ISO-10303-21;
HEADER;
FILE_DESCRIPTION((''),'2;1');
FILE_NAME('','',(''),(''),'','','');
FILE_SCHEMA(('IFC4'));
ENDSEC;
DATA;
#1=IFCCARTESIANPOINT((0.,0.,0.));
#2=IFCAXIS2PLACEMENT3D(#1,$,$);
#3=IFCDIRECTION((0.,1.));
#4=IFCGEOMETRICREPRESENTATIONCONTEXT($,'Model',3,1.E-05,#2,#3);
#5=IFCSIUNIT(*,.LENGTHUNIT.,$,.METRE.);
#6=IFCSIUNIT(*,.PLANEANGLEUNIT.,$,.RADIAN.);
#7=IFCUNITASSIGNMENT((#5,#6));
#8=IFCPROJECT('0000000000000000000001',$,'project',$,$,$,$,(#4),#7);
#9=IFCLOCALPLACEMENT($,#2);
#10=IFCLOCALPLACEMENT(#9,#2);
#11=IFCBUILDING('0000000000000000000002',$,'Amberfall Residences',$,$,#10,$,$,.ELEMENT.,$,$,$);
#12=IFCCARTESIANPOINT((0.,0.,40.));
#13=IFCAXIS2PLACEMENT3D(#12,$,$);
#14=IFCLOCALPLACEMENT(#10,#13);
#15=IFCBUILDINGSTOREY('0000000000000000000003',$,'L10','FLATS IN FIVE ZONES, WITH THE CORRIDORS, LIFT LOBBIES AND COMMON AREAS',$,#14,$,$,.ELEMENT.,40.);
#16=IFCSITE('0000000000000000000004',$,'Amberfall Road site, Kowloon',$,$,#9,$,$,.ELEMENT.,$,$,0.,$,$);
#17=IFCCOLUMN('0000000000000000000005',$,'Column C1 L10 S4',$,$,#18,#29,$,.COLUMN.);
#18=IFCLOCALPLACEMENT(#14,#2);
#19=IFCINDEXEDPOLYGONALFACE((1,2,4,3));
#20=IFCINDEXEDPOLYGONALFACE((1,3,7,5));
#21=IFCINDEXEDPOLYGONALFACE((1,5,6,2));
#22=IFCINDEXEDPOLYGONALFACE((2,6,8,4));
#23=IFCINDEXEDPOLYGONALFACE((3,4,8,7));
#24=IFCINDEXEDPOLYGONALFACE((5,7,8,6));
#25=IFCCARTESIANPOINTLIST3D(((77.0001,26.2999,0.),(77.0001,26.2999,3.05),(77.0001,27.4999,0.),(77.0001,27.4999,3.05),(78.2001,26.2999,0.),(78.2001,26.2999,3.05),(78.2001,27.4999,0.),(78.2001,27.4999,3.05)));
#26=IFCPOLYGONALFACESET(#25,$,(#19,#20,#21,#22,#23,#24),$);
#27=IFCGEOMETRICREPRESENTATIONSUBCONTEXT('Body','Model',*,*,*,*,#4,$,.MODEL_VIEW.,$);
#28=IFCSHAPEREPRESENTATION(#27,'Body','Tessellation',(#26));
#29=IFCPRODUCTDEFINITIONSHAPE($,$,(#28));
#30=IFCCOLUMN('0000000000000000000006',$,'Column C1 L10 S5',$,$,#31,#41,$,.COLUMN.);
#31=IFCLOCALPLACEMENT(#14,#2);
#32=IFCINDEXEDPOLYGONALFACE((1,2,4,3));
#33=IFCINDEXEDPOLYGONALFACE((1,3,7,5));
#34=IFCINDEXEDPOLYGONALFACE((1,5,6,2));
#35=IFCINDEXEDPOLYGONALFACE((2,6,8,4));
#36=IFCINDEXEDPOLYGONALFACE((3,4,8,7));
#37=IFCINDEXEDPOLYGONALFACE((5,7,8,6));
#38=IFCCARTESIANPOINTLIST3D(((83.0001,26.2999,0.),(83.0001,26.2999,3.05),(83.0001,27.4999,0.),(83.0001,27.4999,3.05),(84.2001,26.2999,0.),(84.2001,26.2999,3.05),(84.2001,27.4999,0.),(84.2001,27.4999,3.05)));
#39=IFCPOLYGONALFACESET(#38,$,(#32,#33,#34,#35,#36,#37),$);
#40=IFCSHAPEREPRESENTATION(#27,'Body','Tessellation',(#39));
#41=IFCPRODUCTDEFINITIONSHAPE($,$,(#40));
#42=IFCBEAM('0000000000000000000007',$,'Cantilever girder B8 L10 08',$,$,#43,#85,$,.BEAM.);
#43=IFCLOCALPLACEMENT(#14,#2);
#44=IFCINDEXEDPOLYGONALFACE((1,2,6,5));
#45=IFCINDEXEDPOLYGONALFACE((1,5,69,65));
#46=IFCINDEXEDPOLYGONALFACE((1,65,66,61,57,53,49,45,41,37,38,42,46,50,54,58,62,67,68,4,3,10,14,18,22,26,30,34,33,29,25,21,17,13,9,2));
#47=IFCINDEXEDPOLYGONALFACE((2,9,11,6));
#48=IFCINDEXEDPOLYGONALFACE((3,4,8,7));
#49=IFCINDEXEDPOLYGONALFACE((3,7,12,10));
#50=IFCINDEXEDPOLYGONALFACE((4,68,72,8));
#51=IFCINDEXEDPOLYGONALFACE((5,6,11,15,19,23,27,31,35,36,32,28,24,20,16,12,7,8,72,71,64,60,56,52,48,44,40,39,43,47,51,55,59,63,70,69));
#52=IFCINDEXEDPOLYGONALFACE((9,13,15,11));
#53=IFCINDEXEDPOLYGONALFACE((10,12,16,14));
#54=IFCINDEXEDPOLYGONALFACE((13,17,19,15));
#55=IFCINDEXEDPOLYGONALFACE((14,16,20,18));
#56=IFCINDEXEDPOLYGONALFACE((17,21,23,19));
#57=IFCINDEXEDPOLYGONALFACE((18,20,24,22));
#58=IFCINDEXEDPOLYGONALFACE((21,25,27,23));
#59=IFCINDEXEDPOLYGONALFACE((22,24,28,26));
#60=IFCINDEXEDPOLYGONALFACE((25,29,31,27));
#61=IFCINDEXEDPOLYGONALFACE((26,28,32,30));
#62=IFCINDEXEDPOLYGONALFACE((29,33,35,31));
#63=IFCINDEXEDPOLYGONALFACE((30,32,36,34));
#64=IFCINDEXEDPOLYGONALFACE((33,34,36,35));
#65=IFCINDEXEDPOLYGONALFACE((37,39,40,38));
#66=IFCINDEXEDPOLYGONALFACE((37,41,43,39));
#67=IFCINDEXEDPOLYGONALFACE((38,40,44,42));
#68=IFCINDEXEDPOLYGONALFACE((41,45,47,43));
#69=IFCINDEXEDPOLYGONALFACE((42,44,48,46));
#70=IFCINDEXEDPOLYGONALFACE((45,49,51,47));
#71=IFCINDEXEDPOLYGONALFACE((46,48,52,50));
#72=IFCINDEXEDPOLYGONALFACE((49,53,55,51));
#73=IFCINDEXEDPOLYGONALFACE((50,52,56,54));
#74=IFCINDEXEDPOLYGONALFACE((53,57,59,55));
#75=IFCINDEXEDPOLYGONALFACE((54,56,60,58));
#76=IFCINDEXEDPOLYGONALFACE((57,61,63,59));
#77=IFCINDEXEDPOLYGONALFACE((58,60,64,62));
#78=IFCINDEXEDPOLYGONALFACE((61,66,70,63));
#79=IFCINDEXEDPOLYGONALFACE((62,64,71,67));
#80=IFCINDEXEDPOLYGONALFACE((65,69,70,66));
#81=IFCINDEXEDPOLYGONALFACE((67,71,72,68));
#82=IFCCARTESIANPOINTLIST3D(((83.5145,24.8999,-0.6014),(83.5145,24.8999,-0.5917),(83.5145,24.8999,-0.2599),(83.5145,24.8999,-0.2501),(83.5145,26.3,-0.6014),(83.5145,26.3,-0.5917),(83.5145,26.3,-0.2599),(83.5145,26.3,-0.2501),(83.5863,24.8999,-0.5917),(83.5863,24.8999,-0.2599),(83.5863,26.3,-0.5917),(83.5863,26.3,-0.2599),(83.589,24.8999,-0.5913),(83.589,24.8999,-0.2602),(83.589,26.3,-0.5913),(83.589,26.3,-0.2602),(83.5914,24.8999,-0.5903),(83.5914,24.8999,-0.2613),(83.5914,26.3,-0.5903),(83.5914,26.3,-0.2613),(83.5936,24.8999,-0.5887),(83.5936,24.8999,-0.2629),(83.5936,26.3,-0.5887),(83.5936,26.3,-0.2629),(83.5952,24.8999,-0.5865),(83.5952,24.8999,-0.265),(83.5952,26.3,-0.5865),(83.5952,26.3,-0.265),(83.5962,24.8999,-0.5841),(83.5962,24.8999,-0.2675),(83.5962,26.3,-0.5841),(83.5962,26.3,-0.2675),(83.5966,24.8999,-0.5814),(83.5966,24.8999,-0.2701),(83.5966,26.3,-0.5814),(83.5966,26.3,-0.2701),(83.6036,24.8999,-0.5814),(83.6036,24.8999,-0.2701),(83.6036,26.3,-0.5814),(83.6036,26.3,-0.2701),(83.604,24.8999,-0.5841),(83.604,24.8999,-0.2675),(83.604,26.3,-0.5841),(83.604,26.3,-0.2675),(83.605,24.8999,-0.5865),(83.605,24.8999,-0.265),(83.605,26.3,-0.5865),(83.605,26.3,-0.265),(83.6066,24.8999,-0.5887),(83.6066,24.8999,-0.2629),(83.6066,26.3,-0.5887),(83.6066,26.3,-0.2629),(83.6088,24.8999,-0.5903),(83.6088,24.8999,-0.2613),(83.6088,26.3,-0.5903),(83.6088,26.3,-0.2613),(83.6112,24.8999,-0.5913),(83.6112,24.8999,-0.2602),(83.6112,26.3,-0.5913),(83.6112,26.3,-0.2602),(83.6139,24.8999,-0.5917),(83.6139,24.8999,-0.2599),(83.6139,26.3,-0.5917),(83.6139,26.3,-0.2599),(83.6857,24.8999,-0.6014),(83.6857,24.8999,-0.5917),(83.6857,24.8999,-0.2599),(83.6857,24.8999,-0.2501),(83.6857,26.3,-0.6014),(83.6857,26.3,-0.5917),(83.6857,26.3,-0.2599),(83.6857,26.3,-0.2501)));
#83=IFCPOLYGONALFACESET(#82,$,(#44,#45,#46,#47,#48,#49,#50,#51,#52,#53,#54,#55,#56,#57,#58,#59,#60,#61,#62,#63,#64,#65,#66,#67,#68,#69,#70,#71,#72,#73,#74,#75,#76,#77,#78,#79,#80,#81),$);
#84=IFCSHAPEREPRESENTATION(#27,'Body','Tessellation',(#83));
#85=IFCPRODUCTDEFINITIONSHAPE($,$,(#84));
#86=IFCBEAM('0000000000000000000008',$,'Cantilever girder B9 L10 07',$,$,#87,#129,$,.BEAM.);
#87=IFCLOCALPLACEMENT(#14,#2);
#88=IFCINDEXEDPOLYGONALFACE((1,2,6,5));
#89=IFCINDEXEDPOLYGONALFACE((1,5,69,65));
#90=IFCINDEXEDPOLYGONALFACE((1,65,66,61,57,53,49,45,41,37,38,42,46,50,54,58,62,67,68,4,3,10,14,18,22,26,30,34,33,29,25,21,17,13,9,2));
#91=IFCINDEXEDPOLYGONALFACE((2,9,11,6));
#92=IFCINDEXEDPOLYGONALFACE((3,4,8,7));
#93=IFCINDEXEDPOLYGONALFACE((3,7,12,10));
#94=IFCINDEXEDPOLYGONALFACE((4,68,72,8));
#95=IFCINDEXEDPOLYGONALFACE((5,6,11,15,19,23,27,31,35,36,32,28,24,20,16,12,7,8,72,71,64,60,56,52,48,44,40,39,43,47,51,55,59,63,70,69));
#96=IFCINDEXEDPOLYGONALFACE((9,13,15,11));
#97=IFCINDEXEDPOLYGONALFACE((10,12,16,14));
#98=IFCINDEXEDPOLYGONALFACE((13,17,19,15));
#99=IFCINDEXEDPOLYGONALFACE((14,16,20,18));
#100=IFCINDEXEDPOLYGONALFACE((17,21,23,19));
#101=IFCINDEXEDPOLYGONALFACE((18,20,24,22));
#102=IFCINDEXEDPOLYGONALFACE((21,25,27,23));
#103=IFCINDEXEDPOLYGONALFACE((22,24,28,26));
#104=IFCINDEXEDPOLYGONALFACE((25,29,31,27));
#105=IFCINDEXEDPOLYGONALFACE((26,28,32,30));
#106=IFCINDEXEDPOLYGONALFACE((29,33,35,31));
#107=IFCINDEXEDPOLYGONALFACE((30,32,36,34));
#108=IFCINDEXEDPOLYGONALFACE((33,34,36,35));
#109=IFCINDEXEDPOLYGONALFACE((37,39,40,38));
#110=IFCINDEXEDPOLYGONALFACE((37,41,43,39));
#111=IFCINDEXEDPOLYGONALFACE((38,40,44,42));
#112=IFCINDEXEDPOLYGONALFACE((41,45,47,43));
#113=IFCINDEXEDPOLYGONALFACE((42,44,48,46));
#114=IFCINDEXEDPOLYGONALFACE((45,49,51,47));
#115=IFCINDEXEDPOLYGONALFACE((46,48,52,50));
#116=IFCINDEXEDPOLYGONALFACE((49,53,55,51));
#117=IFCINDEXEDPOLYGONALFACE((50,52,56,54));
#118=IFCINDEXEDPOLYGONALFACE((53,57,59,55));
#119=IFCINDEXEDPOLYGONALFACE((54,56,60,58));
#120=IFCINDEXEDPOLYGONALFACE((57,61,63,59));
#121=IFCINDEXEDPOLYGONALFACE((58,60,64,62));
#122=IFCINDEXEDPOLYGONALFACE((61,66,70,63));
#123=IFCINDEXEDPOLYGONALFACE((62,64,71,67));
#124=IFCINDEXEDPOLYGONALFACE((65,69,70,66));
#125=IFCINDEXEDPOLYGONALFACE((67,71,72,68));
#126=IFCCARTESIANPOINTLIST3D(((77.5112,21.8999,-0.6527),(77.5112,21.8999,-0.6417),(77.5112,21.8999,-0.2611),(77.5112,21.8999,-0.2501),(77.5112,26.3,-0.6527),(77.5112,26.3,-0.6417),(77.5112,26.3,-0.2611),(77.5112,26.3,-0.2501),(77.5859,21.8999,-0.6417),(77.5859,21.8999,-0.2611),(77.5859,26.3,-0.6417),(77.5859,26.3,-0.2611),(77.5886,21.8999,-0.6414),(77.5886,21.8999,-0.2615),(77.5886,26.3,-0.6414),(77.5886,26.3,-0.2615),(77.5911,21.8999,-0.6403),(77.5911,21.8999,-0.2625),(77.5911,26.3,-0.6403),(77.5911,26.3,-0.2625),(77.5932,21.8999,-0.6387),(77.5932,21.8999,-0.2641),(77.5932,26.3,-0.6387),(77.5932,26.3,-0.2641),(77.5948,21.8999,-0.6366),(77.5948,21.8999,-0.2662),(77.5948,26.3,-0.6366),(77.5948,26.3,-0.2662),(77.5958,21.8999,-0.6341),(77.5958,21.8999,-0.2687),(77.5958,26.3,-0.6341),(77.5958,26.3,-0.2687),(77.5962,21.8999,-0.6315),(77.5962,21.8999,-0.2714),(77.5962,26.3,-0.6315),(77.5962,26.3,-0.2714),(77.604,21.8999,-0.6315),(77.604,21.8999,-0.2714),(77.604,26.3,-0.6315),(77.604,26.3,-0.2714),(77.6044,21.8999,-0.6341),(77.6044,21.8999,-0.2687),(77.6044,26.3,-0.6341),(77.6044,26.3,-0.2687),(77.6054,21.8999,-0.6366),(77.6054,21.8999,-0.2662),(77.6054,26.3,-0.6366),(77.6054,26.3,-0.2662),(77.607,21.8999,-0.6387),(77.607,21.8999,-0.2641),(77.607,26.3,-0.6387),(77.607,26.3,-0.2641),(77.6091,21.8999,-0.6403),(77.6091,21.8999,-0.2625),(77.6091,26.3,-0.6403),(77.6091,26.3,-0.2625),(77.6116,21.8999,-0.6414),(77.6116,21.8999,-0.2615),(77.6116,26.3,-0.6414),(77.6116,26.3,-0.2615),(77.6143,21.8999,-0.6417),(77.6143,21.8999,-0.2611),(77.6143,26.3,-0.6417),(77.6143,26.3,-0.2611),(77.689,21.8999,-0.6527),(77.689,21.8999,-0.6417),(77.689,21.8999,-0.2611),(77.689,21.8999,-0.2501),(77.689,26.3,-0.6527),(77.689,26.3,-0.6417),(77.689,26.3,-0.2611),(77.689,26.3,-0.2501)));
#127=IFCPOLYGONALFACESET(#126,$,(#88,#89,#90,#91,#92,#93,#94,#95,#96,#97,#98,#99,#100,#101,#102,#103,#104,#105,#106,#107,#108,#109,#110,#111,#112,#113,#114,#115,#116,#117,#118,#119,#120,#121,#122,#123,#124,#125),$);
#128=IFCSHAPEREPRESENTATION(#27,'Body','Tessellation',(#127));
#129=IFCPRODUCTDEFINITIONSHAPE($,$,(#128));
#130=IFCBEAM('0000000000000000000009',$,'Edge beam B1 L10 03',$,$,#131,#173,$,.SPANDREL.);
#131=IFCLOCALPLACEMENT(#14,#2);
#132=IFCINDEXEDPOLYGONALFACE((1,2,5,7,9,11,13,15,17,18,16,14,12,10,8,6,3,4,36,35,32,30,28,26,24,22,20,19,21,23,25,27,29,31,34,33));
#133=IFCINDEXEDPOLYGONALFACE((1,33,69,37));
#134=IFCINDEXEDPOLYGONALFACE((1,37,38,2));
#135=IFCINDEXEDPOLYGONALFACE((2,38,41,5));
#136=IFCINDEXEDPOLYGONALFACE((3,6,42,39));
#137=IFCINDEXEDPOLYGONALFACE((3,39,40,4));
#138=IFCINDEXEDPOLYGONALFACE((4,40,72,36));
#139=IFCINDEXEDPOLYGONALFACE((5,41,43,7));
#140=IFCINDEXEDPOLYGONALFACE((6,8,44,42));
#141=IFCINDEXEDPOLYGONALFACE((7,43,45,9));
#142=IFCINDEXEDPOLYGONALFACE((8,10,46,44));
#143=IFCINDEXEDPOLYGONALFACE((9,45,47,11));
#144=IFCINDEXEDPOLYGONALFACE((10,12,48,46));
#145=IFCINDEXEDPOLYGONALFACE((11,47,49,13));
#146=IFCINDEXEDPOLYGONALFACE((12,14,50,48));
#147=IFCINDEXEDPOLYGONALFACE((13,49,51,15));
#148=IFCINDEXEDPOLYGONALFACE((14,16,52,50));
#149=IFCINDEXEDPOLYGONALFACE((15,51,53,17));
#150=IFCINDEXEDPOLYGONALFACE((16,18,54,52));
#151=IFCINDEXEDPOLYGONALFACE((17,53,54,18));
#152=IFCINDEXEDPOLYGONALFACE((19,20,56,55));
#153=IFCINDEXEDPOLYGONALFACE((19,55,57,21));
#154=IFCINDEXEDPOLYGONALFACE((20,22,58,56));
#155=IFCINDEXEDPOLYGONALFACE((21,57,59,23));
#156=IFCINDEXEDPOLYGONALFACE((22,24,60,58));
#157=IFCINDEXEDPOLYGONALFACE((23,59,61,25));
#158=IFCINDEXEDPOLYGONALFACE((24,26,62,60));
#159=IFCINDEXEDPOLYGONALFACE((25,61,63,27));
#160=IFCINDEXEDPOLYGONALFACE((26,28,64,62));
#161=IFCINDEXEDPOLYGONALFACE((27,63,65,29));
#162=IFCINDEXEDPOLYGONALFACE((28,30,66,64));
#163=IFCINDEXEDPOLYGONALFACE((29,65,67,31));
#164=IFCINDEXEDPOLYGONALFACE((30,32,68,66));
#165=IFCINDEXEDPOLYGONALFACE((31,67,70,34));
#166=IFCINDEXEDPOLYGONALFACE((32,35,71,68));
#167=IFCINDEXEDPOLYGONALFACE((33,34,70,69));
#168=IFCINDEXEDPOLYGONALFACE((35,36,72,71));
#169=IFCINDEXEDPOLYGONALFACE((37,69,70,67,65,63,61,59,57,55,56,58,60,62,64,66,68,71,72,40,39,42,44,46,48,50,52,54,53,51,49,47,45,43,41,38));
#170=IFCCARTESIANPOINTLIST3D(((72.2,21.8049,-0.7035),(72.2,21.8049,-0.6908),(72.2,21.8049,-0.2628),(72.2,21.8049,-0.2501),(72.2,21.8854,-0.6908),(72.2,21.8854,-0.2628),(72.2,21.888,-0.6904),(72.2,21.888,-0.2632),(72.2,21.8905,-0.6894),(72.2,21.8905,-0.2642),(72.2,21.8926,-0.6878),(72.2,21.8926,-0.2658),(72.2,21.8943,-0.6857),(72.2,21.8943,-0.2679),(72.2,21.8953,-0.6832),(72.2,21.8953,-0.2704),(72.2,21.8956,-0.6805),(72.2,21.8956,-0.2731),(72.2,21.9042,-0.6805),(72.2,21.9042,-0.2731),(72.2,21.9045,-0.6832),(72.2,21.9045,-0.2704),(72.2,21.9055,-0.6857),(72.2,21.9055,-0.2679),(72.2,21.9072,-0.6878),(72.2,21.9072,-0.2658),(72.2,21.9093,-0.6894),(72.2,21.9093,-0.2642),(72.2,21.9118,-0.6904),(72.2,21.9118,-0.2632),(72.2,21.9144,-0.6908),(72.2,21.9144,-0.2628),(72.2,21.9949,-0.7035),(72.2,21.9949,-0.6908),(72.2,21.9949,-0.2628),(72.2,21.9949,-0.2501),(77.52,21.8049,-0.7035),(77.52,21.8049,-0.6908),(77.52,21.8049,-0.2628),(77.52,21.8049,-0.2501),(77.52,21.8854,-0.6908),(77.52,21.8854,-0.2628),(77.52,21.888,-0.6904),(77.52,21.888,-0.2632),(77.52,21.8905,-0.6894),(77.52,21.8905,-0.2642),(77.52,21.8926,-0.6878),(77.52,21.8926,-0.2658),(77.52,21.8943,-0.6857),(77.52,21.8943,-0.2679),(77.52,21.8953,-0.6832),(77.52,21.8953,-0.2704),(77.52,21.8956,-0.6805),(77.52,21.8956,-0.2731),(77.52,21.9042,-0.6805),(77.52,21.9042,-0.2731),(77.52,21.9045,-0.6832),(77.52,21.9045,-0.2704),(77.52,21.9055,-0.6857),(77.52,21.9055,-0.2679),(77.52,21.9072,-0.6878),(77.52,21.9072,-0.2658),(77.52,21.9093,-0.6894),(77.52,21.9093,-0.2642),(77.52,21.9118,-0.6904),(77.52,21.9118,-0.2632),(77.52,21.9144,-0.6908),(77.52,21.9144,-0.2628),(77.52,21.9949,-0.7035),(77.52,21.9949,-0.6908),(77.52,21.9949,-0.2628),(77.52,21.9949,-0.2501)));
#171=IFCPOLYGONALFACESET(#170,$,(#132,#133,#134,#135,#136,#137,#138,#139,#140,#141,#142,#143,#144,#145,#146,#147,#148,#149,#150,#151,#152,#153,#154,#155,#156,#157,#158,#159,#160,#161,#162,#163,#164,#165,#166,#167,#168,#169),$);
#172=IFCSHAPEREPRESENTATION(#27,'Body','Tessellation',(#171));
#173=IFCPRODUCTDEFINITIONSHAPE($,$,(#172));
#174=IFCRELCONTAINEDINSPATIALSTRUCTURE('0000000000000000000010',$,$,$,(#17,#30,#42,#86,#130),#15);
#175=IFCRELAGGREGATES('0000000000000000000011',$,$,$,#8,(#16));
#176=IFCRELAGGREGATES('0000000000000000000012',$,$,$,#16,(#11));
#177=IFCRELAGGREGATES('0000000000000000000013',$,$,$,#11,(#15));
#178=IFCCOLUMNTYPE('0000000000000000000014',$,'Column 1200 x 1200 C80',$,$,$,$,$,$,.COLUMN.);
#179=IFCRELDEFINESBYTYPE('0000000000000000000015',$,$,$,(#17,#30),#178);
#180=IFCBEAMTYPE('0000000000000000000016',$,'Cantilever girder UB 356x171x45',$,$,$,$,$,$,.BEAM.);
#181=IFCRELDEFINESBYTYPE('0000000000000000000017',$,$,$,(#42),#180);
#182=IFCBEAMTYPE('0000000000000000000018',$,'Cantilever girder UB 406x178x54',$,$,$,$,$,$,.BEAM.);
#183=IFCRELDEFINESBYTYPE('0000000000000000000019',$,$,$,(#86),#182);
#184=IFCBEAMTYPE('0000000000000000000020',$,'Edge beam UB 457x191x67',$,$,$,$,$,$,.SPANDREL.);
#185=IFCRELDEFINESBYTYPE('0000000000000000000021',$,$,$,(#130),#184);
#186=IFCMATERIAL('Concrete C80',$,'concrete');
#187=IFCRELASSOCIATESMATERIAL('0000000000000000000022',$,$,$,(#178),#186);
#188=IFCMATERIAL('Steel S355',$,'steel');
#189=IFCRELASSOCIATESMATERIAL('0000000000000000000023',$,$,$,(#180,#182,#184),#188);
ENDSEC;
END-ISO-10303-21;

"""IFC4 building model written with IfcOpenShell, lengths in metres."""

from ifc_helpers import new_model, si_unit, direction, frame, origin, origin_2d, place, context, subcontext, project, spatial, rectangle, i_section, extrude, material, material_profile, profile_set, type_object, element, save


model = new_model("IFC4")

# Units and contexts
model_context = context("Model", 3, precision=1e-05, world=origin(), true_north=direction((0.0, 1.0)))
body_context = subcontext(model_context, "Body", "Model", "MODEL_VIEW")
ifc_project = project(units=[si_unit("LENGTHUNIT", "METRE"), si_unit("PLANEANGLEUNIT", "RADIAN")], contexts=[model_context])

# Site, building, storey
site_placement = place(None, origin())
site = spatial("IfcSite", under=ifc_project, at=site_placement, Name="Amberfall Road site, Kowloon", CompositionType="ELEMENT", RefElevation=0.0)
building_placement = place(site_placement, origin())
building = spatial("IfcBuilding", under=site, at=building_placement, Name="Amberfall Residences", CompositionType="ELEMENT")
storey_placement = place(building_placement, frame((0.0, 0.0, 40.0)))
storey = spatial("IfcBuildingStorey", under=building, at=storey_placement, Name="L10", Description="FLATS IN FIVE ZONES, WITH THE CORRIDORS, LIFT LOBBIES AND COMMON AREAS", CompositionType="ELEMENT", Elevation=40.0)

# Columns
ifc_material_1 = material(Name="Concrete C80", Category="concrete")
ifc_material_profile_1 = material_profile(ifc_material_1, rectangle(XDim=1.2, YDim=1.2, at=origin_2d()), Name="Column 1200 x 1200 C80")
ifc_profile_set_1 = profile_set([ifc_material_profile_1], Name="Concrete C80")
column_type = type_object("IfcColumnType", Name="Column 1200 x 1200 C80", PredefinedType="COLUMN", material=ifc_profile_set_1)
for number, where, z_axis, x_axis, name in (
    (1, (77.6001, 26.8999, 0.0), (0.0, 0.0, 1.0), (1.0, 0.0, 0.0), "Column C1 L10 S4"),
    (2, (83.6001, 26.8999, 0.0), (0.0, 0.0, 1.0), (1.0, 0.0, 0.0), "Column C1 L10 S5"),
):
    element("IfcColumn", number, at=place(storey_placement, frame(where, z_axis=z_axis, x_axis=x_axis)), inside=storey, type_object=column_type, Name=name, PredefinedType="COLUMN", context=body_context, shape_type="SweptSolid", body=[
        extrude(rectangle(XDim=1.2, YDim=1.2, at=origin_2d()), origin(), (0.0, 0.0, 1.0), 3.05),
    ])

# Beams
ifc_material_2 = material(Name="Steel S355", Category="steel")
ifc_material_profile_2 = material_profile(ifc_material_2, i_section(OverallWidth=0.1711, OverallDepth=0.3513, WebThickness=0.0071, FlangeThickness=0.0098, FilletRadius=0.0103, at=origin_2d()), Name="UB 356x171x45")
ifc_profile_set_2 = profile_set([ifc_material_profile_2], Name="Steel S355")
beam_type_1 = type_object("IfcBeamType", Name="Cantilever girder UB 356x171x45", PredefinedType="BEAM", material=ifc_profile_set_2)
beam_1_placement = place(storey_placement, frame((83.6001, 26.3, -0.4258), z_axis=(0.0, -1.0, 0.0), x_axis=(1.0, 0.0, 0.0)))
element("IfcBeam", 3, at=beam_1_placement, inside=storey, type_object=beam_type_1, Name="Cantilever girder B8 L10 08", PredefinedType="BEAM", context=body_context, shape_type="SweptSolid", body=[
    extrude(i_section(OverallWidth=0.1711, OverallDepth=0.3513, WebThickness=0.0071, FlangeThickness=0.0098, FilletRadius=0.0103, at=origin_2d()), origin(), (0.0, 0.0, 1.0), 1.4001),
])
ifc_material_profile_3 = material_profile(ifc_material_2, i_section(OverallWidth=0.1777, OverallDepth=0.4026, WebThickness=0.0078, FlangeThickness=0.011, FilletRadius=0.0103, at=origin_2d()), Name="UB 406x178x54")
ifc_profile_set_3 = profile_set([ifc_material_profile_3], Name="Steel S355")
beam_type_2 = type_object("IfcBeamType", Name="Cantilever girder UB 406x178x54", PredefinedType="BEAM", material=ifc_profile_set_3)
beam_2_placement = place(storey_placement, frame((77.6001, 26.3, -0.4514), z_axis=(0.0, -1.0, 0.0), x_axis=(1.0, 0.0, 0.0)))
element("IfcBeam", 4, at=beam_2_placement, inside=storey, type_object=beam_type_2, Name="Cantilever girder B9 L10 07", PredefinedType="BEAM", context=body_context, shape_type="SweptSolid", body=[
    extrude(i_section(OverallWidth=0.1777, OverallDepth=0.4026, WebThickness=0.0078, FlangeThickness=0.011, FilletRadius=0.0103, at=origin_2d()), origin(), (0.0, 0.0, 1.0), 4.4001),
])
ifc_material_profile_4 = material_profile(ifc_material_2, i_section(OverallWidth=0.1899, OverallDepth=0.4534, WebThickness=0.0085, FlangeThickness=0.0127, FilletRadius=0.0103, at=origin_2d()), Name="UB 457x191x67")
ifc_profile_set_4 = profile_set([ifc_material_profile_4], Name="Steel S355")
beam_type_3 = type_object("IfcBeamType", Name="Edge beam UB 457x191x67", PredefinedType="SPANDREL", material=ifc_profile_set_4)
beam_3_placement = place(storey_placement, frame((72.2, 21.8999, -0.4768), z_axis=(1.0, 0.0, 0.0), x_axis=(0.0, 1.0, 0.0)))
element("IfcBeam", 5, at=beam_3_placement, inside=storey, type_object=beam_type_3, Name="Edge beam B1 L10 03", PredefinedType="SPANDREL", context=body_context, shape_type="SweptSolid", body=[
    extrude(i_section(OverallWidth=0.1899, OverallDepth=0.4534, WebThickness=0.0085, FlangeThickness=0.0127, FilletRadius=0.0103, at=origin_2d()), origin(), (0.0, 0.0, 1.0), 5.3201),
])

save(model, "model.ifc")
